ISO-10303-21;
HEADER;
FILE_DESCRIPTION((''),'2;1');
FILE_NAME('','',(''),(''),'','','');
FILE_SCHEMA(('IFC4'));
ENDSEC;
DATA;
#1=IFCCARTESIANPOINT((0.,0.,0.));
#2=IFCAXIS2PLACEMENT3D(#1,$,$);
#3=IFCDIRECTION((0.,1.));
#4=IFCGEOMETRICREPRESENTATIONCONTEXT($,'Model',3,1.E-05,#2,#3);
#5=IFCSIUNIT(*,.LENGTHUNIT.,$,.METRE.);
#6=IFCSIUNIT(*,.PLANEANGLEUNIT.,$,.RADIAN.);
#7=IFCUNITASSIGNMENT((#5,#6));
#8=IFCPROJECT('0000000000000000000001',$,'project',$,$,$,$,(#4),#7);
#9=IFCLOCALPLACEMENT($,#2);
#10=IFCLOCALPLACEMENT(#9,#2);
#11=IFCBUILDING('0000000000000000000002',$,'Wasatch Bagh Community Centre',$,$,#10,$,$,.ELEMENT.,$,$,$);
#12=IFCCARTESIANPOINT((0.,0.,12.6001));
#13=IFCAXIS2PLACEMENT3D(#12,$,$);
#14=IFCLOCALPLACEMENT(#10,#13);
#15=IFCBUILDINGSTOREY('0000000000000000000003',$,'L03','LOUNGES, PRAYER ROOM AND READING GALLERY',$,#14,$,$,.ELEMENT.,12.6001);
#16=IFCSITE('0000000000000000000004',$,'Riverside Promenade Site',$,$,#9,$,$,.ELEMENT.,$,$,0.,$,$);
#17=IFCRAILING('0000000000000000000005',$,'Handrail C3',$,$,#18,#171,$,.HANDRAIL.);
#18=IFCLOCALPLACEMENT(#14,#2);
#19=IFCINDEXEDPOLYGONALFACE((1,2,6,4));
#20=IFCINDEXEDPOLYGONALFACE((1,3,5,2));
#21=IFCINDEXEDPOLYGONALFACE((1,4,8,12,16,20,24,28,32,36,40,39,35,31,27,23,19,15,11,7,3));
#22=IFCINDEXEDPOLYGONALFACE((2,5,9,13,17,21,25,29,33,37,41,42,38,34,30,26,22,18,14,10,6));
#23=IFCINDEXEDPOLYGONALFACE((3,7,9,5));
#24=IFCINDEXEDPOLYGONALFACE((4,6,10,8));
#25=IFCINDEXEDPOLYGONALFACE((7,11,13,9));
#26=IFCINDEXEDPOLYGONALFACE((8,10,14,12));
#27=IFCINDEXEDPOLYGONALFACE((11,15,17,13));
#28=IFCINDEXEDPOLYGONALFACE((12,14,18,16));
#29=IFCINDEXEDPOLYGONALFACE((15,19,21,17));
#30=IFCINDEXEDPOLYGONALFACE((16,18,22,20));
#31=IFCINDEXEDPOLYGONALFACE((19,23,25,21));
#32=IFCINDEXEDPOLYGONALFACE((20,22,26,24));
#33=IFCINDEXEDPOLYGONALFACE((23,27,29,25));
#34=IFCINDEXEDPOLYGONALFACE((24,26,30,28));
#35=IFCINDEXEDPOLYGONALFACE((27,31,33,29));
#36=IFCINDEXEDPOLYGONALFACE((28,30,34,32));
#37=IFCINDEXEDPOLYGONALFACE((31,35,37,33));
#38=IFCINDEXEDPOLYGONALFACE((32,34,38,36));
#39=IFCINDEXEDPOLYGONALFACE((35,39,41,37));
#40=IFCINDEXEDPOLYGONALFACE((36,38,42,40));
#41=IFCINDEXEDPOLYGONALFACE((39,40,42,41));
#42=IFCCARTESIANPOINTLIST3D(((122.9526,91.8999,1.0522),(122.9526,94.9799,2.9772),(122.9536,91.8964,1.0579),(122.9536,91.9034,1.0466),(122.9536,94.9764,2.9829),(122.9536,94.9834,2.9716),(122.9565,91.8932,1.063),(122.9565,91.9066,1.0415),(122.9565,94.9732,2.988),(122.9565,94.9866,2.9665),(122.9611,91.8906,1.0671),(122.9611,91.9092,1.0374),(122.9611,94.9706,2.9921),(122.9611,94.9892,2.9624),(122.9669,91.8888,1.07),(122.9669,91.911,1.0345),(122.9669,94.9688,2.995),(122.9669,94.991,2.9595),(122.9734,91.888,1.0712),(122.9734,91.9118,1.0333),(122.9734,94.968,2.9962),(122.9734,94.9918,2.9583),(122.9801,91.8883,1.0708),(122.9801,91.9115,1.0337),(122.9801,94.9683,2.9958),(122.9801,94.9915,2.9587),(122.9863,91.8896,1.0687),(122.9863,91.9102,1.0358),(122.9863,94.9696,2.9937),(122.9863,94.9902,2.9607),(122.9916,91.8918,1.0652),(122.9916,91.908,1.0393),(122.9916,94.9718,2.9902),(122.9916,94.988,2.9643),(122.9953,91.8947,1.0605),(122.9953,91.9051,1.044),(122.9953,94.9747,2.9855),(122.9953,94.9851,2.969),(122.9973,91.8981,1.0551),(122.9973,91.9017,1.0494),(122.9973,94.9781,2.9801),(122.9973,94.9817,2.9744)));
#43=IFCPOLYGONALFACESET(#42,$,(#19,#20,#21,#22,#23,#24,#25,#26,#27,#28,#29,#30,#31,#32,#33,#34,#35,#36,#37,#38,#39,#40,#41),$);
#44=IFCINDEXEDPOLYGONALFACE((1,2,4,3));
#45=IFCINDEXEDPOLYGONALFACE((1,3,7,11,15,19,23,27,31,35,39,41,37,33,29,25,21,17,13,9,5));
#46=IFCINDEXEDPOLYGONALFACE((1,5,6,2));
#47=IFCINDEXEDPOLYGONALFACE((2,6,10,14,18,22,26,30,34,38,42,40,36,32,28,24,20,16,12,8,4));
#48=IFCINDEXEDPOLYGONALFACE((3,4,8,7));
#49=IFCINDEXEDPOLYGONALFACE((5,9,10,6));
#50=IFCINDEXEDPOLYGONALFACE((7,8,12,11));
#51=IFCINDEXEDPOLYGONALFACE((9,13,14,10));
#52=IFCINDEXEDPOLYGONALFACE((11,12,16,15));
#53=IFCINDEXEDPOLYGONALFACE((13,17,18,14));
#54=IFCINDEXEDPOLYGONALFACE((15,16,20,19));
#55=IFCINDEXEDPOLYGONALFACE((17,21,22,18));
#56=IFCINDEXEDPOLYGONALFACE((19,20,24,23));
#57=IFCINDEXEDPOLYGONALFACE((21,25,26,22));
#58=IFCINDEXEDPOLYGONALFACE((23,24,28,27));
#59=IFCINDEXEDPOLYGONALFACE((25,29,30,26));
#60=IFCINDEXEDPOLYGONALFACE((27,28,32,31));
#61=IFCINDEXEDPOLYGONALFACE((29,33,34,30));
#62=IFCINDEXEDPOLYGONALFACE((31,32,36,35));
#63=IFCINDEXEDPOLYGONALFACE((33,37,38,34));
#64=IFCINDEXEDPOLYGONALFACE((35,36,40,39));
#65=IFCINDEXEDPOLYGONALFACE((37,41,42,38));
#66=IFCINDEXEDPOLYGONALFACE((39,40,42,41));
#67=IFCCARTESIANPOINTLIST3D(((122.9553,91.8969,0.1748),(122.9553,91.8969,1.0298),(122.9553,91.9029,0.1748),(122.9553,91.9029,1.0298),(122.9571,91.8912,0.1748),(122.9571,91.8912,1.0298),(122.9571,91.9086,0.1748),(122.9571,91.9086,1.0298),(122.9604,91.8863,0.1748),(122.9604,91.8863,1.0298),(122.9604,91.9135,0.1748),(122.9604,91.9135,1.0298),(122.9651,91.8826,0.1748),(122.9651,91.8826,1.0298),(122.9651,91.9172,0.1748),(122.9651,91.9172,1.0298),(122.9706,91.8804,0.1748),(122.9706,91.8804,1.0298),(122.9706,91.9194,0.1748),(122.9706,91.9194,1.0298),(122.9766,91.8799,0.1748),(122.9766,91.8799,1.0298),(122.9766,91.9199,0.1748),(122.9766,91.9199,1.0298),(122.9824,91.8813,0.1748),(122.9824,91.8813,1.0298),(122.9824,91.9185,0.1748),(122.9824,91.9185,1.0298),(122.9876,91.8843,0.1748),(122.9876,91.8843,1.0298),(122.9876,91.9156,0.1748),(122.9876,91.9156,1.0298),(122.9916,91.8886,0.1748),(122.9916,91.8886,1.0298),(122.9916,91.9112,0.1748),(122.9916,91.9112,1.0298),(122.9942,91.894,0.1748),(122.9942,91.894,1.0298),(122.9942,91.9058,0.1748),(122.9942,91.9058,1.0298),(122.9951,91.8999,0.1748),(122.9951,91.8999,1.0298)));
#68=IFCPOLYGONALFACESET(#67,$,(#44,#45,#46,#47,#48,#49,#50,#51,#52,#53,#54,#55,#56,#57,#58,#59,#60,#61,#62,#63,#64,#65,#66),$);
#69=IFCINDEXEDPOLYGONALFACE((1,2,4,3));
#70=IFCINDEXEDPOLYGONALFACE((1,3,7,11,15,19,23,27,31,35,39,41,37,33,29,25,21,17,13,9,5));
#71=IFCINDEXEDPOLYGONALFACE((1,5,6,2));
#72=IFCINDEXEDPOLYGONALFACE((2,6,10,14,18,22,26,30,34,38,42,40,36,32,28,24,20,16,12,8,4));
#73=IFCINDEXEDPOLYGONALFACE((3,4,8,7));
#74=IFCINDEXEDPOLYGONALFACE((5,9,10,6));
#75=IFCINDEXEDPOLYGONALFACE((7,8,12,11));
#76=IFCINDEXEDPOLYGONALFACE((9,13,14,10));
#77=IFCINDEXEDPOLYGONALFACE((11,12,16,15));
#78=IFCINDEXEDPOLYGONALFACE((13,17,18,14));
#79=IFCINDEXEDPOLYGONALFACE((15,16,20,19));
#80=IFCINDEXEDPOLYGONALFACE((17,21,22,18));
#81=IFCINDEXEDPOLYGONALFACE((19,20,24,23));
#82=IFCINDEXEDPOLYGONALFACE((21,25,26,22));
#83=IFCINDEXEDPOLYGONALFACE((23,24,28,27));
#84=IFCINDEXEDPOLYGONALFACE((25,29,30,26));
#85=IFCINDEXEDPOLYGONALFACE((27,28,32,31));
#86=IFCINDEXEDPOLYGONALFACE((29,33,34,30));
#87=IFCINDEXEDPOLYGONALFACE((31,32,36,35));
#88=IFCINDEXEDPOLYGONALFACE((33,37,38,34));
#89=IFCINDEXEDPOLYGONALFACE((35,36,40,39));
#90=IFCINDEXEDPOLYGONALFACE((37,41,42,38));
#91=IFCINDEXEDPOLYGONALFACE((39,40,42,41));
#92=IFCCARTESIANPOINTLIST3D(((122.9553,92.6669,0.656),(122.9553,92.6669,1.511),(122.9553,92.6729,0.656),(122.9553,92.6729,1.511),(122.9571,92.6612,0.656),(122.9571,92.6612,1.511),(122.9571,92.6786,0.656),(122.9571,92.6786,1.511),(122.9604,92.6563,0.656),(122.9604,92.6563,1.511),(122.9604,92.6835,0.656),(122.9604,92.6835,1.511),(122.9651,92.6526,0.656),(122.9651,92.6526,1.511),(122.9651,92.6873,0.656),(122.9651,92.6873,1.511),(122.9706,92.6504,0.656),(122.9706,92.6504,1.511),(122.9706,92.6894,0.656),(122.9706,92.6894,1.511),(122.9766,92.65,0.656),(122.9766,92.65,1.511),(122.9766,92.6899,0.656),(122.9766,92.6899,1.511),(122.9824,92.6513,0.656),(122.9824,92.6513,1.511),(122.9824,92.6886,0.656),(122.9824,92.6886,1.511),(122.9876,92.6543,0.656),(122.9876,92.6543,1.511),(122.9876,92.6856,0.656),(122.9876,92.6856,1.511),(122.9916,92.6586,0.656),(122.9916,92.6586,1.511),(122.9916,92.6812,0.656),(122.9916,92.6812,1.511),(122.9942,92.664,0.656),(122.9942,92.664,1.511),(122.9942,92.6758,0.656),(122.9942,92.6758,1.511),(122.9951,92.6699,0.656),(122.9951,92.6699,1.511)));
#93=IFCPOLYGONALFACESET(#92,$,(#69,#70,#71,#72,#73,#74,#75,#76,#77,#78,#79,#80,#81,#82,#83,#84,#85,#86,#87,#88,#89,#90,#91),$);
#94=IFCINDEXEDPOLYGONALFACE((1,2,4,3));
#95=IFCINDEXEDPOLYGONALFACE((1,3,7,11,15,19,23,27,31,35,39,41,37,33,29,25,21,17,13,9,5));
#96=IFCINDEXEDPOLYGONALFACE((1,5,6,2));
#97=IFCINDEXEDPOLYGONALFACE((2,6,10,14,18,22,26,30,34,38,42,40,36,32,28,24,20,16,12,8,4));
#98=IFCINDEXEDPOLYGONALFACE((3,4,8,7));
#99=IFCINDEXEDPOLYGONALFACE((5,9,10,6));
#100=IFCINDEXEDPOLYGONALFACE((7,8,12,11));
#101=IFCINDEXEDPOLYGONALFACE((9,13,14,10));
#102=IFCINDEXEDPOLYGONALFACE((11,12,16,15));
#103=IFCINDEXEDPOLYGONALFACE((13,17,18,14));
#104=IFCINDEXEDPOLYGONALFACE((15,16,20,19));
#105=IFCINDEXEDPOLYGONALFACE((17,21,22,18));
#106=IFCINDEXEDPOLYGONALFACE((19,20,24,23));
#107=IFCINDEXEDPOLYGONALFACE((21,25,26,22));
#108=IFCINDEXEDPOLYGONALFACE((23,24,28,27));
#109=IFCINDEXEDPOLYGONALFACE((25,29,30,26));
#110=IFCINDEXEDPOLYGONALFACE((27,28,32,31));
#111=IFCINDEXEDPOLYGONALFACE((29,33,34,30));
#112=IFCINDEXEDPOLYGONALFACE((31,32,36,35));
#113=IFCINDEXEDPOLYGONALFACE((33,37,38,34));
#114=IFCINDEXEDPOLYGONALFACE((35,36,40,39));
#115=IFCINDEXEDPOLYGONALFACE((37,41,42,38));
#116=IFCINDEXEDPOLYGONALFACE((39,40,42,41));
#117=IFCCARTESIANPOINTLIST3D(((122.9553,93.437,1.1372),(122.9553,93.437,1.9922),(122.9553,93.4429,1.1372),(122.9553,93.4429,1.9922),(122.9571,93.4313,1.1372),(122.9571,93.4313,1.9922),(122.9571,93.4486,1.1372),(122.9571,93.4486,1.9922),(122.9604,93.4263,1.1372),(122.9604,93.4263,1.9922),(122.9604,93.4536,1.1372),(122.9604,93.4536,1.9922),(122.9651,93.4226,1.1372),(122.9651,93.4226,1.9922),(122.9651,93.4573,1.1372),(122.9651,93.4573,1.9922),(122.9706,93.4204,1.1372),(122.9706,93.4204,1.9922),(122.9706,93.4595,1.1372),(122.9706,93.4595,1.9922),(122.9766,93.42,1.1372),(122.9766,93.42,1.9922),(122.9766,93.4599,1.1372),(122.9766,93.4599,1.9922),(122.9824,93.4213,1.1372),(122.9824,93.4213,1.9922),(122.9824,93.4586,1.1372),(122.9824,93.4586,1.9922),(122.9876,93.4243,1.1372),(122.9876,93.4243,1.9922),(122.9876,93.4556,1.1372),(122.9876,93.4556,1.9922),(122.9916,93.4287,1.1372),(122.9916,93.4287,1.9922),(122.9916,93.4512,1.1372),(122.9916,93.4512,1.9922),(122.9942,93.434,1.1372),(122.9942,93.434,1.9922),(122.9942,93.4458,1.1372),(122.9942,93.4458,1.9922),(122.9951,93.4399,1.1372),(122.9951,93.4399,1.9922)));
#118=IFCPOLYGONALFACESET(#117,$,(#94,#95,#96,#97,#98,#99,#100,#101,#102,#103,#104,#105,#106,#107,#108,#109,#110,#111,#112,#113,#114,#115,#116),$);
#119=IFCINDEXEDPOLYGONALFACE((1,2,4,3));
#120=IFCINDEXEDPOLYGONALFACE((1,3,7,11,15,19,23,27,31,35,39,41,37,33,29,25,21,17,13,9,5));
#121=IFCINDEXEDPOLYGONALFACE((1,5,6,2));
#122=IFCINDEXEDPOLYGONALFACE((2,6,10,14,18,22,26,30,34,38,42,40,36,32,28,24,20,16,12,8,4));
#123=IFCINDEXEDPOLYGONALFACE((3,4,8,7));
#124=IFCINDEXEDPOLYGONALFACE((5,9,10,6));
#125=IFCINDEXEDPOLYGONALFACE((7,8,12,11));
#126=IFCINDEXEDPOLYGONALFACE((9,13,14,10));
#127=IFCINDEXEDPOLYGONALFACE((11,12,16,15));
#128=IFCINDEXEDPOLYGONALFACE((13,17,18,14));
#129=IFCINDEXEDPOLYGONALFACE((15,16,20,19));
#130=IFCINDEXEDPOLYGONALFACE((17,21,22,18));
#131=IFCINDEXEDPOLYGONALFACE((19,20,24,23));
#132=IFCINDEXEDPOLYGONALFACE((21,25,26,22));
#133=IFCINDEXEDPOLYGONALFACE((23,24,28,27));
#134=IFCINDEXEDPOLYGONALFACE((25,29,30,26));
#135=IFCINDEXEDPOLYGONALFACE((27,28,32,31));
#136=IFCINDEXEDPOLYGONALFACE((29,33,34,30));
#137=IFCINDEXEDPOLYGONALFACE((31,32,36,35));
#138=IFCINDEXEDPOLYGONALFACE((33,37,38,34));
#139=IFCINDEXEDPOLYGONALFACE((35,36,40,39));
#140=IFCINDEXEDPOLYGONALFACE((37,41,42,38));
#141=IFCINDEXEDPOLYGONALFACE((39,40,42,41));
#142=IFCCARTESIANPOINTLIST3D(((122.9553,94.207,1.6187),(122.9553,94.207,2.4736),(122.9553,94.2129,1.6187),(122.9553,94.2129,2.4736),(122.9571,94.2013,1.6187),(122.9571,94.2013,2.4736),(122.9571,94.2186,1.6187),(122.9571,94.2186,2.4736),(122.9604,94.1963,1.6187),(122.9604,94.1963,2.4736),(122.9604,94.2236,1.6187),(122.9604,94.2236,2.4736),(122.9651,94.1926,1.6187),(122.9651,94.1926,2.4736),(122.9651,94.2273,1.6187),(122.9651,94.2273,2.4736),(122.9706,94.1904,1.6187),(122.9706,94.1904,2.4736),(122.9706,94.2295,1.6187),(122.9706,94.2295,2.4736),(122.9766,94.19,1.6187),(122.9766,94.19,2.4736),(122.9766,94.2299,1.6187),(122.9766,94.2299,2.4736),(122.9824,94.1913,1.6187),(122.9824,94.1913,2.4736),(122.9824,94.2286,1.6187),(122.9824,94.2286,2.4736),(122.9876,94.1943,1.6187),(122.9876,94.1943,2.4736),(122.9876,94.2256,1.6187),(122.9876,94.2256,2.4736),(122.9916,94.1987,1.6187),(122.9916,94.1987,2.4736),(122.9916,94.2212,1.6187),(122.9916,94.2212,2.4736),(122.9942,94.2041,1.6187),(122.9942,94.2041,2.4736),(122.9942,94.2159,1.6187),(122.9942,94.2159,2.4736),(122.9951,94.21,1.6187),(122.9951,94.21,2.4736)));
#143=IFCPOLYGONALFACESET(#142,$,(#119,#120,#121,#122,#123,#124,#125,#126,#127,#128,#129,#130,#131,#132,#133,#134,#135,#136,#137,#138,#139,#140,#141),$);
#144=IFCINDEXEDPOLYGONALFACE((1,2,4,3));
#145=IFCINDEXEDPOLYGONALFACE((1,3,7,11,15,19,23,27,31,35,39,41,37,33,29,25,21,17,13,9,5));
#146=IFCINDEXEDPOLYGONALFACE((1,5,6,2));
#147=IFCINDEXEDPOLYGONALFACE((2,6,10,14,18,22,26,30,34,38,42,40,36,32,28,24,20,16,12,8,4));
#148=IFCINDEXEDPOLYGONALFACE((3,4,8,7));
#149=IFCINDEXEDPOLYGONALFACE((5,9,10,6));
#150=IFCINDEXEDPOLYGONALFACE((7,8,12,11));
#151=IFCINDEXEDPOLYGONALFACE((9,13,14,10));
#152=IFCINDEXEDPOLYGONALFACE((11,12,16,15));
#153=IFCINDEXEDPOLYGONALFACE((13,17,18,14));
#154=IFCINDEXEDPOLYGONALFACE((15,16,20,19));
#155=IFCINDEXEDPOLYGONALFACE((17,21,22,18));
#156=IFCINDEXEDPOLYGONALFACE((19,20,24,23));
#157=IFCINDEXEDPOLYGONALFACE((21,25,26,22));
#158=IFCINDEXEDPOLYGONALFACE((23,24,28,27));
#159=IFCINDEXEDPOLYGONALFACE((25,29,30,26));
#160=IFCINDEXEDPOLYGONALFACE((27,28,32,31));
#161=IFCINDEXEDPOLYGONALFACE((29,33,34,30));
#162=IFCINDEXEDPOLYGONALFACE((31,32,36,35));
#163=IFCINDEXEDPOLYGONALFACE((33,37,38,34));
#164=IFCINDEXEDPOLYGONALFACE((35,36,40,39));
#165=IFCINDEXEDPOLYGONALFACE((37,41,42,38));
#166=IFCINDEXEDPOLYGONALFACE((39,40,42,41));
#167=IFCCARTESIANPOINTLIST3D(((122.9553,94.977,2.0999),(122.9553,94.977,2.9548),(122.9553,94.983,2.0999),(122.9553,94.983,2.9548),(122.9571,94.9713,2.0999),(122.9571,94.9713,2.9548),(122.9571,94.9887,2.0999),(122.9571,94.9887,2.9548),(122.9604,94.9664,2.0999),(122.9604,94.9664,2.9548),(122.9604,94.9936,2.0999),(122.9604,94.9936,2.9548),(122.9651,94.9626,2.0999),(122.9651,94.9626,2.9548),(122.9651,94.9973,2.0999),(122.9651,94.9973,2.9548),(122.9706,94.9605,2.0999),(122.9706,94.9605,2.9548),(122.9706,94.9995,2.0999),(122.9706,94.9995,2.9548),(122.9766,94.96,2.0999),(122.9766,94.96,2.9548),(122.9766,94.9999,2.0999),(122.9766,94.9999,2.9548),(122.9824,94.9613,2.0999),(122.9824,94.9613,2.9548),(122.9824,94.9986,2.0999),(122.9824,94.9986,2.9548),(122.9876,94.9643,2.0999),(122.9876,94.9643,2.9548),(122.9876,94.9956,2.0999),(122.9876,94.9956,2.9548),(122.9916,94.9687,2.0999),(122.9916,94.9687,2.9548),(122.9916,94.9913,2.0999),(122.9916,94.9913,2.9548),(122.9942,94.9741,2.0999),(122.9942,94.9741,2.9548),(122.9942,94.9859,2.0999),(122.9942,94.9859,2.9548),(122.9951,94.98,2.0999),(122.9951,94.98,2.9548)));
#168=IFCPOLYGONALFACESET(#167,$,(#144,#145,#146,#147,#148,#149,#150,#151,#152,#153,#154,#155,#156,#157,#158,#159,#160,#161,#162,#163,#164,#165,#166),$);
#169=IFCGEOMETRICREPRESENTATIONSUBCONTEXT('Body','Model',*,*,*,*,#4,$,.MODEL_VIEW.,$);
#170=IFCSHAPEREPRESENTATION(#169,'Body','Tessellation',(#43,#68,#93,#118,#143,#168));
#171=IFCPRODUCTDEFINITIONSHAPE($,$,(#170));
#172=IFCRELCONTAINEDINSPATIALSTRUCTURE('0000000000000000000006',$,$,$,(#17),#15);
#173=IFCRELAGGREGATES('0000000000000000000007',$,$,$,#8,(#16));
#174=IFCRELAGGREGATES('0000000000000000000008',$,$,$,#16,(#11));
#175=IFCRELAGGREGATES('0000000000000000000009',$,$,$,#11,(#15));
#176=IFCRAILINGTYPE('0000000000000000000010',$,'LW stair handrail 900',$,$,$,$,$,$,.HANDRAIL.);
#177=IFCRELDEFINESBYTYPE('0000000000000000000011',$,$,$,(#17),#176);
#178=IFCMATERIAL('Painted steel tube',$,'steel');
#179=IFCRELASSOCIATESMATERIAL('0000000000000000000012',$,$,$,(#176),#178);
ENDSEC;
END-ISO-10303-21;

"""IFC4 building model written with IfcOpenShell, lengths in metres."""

from ifc_helpers import new_model, si_unit, direction, frame, origin, origin_2d, place, context, subcontext, project, spatial, circle, extrude, material, type_object, element, save


model = new_model("IFC4")

# Units and contexts
model_context = context("Model", 3, precision=1e-05, world=origin(), true_north=direction((0.0, 1.0)))
body_context = subcontext(model_context, "Body", "Model", "MODEL_VIEW")
ifc_project = project(units=[si_unit("LENGTHUNIT", "METRE"), si_unit("PLANEANGLEUNIT", "RADIAN")], contexts=[model_context])

# Site, building, storey
site_placement = place(None, origin())
site = spatial("IfcSite", under=ifc_project, at=site_placement, Name="Riverside Promenade Site", CompositionType="ELEMENT", RefElevation=0.0)
building_placement = place(site_placement, origin())
building = spatial("IfcBuilding", under=site, at=building_placement, Name="Wasatch Bagh Community Centre", CompositionType="ELEMENT")
storey_placement = place(building_placement, frame((0.0, 0.0, 12.6001)))
storey = spatial("IfcBuildingStorey", under=building, at=storey_placement, Name="L03", Description="LOUNGES, PRAYER ROOM AND READING GALLERY", CompositionType="ELEMENT", Elevation=12.6001)

# Railing
ifc_material_1 = material(Name="Painted steel tube", Category="steel")
railing_type_1 = type_object("IfcRailingType", Name="LW stair handrail 900", PredefinedType="HANDRAIL", material=ifc_material_1)
for number, where, name in (
    (1, (122.9751, 91.8999, 0.1748), "Handrail C3"),
):
    element("IfcRailing", number, at=place(storey_placement, frame(where)), inside=storey, type_object=railing_type_1, Name=name, PredefinedType="HANDRAIL", context=body_context, shape_type="SweptSolid", body=[
        extrude(circle(Radius=0.0225, at=origin_2d()), frame((0.0, 0.0, 0.8774), z_axis=(0.0, 0.847998, 0.529999), x_axis=(-1.0, 0.0, 0.0)), (0.0, 0.0, 1.0), 3.6321),
        extrude(circle(Radius=0.02, at=origin_2d()), origin(), (0.0, 0.0, 1.0), 0.855),
        extrude(circle(Radius=0.02, at=origin_2d()), frame((0.0, 0.77, 0.4812)), (0.0, 0.0, 1.0), 0.855),
        extrude(circle(Radius=0.02, at=origin_2d()), frame((0.0, 1.54, 0.9624)), (0.0, 0.0, 1.0), 0.855),
        extrude(circle(Radius=0.02, at=origin_2d()), frame((0.0, 2.3101, 1.4438)), (0.0, 0.0, 1.0), 0.855),
        extrude(circle(Radius=0.02, at=origin_2d()), frame((0.0, 3.0801, 1.925)), (0.0, 0.0, 1.0), 0.855),
    ])

save(model, "model.ifc")
